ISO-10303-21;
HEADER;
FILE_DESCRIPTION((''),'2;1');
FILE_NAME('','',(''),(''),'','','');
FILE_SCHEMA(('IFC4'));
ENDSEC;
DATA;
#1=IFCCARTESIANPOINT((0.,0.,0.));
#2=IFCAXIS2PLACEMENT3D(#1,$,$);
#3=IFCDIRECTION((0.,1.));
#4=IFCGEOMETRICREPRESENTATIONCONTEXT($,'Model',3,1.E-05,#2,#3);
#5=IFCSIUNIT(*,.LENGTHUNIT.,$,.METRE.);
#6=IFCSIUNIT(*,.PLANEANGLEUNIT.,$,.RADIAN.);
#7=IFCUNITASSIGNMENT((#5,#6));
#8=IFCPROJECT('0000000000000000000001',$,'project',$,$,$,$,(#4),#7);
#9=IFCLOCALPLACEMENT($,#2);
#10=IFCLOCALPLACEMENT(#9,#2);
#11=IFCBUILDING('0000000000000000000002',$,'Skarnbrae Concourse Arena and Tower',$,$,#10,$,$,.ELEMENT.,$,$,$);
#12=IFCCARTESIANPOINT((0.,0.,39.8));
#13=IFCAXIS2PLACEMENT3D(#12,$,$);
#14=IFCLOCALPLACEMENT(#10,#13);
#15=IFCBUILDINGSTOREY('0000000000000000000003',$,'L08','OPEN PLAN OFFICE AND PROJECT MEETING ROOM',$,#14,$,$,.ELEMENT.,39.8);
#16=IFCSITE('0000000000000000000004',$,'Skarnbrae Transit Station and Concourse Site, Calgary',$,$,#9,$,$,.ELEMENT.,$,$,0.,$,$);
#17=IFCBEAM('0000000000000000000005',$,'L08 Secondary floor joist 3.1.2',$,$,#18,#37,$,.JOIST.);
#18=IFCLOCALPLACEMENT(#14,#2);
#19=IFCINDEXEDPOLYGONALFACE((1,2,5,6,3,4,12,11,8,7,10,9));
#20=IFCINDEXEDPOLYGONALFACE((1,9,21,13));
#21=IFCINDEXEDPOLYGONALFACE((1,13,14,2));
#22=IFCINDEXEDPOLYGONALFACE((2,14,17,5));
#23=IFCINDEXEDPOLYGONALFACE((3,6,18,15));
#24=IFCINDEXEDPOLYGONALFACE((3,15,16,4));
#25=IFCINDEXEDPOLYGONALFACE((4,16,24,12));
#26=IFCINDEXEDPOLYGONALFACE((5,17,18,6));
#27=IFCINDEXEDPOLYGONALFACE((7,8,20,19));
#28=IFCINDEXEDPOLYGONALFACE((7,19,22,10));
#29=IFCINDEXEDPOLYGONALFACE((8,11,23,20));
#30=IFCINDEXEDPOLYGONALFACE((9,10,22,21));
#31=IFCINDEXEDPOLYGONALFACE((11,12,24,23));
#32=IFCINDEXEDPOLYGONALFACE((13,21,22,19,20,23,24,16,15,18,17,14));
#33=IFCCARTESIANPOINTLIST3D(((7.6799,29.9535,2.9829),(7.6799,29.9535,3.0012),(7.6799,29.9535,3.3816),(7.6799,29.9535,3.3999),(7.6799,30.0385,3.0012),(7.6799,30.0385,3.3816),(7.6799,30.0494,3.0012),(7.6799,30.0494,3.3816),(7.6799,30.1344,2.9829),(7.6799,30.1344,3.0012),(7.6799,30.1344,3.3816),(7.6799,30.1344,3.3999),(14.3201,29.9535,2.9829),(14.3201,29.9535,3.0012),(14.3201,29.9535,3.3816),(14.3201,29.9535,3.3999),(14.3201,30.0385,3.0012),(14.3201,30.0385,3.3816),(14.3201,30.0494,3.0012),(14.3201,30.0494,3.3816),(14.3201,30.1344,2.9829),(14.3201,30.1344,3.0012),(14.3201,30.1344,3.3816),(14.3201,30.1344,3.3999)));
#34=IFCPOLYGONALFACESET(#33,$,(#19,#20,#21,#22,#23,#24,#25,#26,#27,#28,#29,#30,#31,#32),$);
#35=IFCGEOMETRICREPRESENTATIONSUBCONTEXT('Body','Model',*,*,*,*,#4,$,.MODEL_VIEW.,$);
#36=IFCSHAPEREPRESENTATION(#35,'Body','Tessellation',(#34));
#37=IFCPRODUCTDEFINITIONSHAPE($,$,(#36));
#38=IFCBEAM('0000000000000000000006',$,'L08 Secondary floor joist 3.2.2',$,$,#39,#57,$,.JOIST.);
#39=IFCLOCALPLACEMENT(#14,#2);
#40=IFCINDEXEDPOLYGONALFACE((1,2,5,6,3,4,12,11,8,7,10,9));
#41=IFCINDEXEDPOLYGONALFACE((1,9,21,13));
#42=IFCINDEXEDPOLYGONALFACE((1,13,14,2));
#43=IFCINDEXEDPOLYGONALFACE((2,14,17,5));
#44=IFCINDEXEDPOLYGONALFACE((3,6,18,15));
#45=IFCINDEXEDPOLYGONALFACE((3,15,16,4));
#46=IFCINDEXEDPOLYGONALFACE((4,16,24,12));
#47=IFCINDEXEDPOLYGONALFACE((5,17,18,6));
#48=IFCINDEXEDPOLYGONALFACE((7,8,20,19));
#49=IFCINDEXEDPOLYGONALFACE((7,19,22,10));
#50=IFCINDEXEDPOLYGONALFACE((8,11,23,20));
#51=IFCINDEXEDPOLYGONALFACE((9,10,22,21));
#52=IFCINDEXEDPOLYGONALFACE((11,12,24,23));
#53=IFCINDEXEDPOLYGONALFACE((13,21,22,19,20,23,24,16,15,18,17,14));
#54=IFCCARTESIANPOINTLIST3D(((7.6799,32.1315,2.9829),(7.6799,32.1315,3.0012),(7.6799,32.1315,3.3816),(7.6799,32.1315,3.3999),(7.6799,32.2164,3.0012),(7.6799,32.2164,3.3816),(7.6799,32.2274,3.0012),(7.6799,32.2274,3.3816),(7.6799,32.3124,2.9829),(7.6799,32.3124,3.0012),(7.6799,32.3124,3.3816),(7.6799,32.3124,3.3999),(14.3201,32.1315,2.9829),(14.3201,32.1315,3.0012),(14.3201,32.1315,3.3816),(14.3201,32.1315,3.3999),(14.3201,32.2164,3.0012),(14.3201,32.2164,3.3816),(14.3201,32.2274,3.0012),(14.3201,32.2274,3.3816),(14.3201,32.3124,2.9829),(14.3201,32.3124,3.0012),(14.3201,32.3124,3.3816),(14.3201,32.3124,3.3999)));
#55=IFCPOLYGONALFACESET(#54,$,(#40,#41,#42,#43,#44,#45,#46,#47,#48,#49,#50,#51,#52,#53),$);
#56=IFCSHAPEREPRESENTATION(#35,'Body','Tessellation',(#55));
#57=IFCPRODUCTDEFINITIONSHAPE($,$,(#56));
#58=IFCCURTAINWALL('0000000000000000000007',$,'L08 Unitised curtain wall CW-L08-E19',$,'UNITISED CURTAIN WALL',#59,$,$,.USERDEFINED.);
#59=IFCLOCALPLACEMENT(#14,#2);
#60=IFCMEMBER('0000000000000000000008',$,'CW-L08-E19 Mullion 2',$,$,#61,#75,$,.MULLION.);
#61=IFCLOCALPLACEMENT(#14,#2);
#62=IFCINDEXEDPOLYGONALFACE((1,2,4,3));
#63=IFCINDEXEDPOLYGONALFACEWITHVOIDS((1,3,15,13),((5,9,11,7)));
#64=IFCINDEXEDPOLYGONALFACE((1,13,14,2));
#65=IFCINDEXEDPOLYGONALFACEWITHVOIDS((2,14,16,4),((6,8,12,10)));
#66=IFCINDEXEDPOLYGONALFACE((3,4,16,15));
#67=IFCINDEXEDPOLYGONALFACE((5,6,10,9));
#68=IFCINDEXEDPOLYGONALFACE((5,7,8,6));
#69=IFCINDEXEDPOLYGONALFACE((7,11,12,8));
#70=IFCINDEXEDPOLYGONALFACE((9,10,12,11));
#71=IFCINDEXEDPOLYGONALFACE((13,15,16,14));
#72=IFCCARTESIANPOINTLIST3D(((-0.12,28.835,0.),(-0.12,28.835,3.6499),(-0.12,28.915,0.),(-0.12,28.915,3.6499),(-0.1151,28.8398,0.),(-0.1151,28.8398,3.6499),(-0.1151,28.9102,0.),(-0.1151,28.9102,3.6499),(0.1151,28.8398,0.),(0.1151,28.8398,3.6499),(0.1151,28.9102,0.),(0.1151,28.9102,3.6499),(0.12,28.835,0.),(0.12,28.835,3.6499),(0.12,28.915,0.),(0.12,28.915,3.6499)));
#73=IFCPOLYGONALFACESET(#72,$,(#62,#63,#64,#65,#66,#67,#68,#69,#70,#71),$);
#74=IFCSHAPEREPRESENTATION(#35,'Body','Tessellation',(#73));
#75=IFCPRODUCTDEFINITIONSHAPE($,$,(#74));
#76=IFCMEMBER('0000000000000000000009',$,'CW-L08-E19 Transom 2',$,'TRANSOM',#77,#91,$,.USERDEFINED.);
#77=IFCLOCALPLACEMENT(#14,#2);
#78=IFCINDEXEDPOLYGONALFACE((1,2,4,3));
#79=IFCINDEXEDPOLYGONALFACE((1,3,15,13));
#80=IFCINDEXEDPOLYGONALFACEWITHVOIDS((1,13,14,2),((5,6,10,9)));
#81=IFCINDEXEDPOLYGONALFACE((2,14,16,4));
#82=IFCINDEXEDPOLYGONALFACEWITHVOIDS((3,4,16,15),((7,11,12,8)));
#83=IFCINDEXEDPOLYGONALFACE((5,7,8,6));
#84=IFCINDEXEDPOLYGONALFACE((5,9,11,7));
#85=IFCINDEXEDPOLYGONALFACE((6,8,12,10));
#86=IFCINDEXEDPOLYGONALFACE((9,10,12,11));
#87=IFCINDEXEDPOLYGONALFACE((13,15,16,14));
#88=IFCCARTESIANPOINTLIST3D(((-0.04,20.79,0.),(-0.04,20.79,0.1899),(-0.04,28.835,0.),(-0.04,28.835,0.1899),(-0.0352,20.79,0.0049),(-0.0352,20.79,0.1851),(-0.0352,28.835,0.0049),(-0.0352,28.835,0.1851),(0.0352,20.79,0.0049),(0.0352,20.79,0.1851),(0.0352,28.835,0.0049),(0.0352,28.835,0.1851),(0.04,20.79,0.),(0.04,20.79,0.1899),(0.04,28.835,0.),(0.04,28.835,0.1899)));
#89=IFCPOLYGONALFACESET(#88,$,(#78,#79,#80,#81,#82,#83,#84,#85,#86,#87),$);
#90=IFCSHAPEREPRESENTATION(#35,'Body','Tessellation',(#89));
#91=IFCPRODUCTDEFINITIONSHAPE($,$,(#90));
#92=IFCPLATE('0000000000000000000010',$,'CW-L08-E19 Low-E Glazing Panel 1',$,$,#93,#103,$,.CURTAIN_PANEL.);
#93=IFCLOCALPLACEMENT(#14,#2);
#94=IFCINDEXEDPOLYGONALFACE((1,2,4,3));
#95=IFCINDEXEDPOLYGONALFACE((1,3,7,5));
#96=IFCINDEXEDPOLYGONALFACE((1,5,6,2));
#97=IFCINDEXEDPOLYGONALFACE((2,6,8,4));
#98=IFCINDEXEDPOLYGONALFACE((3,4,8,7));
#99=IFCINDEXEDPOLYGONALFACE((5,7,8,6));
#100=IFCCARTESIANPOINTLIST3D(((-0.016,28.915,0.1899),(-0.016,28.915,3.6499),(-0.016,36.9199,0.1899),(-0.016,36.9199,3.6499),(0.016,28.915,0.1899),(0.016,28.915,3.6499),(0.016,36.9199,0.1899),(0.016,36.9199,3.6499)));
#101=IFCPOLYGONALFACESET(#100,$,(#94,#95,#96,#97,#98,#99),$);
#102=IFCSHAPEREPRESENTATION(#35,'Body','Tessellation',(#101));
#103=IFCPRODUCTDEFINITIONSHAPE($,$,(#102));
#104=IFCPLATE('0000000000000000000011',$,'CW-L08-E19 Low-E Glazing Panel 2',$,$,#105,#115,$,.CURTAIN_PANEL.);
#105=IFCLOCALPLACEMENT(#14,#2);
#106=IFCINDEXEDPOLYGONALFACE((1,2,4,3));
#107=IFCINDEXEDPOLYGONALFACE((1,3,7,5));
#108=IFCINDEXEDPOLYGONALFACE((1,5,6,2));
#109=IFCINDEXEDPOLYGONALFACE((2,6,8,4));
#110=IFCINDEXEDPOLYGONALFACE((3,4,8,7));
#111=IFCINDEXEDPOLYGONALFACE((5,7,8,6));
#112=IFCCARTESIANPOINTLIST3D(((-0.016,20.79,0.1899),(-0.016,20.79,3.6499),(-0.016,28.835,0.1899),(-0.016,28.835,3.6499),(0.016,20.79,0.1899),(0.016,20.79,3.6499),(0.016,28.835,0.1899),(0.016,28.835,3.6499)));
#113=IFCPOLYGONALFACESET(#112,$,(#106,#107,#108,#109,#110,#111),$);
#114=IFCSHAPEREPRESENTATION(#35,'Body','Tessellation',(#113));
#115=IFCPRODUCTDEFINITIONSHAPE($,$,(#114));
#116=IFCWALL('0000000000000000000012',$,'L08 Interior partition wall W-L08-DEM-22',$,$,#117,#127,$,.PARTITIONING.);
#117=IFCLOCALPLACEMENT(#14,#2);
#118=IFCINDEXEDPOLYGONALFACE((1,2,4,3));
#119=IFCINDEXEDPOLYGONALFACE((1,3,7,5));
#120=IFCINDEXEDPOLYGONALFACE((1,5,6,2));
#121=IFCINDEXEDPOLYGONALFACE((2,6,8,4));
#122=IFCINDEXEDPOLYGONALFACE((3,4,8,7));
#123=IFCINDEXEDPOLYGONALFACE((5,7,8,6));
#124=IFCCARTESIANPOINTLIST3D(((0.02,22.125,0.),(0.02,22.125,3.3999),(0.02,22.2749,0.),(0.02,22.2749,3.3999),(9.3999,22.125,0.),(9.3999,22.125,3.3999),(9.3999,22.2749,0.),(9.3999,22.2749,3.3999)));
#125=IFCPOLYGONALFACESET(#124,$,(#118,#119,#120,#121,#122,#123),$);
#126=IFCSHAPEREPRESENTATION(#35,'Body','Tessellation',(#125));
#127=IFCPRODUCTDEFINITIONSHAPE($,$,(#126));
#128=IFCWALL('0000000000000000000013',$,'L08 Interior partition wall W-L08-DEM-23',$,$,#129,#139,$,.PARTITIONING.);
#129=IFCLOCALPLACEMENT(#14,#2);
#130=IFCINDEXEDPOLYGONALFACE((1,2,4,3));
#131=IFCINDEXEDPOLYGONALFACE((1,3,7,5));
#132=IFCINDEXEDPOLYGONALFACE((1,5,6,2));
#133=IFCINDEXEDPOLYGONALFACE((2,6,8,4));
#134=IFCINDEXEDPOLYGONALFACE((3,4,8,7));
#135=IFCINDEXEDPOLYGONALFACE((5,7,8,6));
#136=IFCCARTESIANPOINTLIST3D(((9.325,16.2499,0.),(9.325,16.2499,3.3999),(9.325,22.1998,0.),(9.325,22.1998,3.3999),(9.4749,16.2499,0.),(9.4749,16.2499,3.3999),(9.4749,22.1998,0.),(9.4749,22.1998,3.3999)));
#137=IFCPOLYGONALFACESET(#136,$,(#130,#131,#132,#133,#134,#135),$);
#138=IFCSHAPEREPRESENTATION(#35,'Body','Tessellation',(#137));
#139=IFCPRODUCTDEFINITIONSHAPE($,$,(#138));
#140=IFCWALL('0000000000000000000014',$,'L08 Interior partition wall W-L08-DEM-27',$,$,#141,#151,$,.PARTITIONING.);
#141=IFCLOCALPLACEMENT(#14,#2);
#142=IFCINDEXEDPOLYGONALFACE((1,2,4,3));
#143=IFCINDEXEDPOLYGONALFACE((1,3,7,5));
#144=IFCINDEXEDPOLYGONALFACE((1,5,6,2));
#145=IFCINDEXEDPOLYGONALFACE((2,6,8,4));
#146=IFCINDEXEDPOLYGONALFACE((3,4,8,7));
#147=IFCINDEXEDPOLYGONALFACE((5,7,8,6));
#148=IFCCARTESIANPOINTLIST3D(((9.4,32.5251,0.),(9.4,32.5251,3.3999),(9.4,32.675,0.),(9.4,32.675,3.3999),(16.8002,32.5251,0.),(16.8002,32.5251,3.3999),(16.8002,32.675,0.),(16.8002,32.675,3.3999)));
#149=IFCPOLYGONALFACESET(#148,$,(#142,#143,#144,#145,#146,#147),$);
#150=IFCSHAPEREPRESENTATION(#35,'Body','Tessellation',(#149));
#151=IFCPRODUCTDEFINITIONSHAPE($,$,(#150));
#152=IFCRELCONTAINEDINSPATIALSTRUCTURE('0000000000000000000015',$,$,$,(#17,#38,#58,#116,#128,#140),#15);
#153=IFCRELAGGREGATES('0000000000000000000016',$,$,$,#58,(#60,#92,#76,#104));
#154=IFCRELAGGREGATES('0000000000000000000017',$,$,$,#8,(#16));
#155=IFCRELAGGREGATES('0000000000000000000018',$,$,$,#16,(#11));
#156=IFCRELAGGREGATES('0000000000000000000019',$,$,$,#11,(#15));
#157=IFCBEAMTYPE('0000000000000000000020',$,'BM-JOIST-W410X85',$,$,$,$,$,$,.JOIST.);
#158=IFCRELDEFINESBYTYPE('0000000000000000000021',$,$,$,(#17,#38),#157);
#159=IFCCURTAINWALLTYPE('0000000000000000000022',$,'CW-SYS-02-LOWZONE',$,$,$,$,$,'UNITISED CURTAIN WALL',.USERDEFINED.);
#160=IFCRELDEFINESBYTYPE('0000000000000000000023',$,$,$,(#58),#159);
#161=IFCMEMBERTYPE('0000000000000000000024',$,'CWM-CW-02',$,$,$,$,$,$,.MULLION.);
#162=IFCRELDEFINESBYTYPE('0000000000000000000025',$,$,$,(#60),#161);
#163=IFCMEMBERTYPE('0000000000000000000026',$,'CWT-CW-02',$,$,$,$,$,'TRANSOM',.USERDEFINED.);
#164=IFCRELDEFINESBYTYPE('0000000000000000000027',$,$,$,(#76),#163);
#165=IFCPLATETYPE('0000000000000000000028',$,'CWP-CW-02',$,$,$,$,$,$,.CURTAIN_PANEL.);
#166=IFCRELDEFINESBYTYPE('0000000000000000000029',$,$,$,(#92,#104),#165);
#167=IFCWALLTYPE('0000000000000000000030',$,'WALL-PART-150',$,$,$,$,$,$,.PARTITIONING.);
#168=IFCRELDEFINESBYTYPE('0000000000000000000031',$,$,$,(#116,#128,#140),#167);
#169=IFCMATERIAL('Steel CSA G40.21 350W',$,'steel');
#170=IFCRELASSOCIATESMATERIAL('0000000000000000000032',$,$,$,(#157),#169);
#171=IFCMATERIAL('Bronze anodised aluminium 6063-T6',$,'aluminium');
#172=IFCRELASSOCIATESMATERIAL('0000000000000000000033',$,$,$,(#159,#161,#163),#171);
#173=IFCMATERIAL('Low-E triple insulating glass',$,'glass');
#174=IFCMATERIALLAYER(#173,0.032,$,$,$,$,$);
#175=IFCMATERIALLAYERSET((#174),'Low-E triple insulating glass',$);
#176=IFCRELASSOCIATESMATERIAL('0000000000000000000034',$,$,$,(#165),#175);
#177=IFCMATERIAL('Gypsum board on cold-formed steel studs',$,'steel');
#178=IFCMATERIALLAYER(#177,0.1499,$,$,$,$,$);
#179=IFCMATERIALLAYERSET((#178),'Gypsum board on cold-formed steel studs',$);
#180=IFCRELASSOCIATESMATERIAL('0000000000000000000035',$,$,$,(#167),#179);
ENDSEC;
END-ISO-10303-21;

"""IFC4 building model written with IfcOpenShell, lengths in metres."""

from ifc_helpers import new_model, si_unit, direction, frame, frame_2d, origin, origin_2d, place, context, subcontext, project, spatial, rectangle, hollow_rectangle, i_section, extrude, source, transform, mapped, material, layer, layer_set, material_profile, profile_set, type_object, element, aggregate, save


model = new_model("IFC4")

# Units and contexts
model_context = context("Model", 3, precision=1e-05, world=origin(), true_north=direction((0.0, 1.0)))
body_context = subcontext(model_context, "Body", "Model", "MODEL_VIEW")
ifc_project = project(units=[si_unit("LENGTHUNIT", "METRE"), si_unit("PLANEANGLEUNIT", "RADIAN")], contexts=[model_context])

# Site, building, storey
site_placement = place(None, origin())
site = spatial("IfcSite", under=ifc_project, at=site_placement, Name="Skarnbrae Transit Station and Concourse Site, Calgary", CompositionType="ELEMENT", RefElevation=0.0)
building_placement = place(site_placement, origin())
building = spatial("IfcBuilding", under=site, at=building_placement, Name="Skarnbrae Concourse Arena and Tower", CompositionType="ELEMENT")
storey_placement = place(building_placement, frame((0.0, 0.0, 39.8)))
storey = spatial("IfcBuildingStorey", under=building, at=storey_placement, Name="L08", Description="OPEN PLAN OFFICE AND PROJECT MEETING ROOM", CompositionType="ELEMENT", Elevation=39.8)

# Shared definitions
ifc_material_1 = material(Name="Steel CSA G40.21 350W", Category="steel")

# Beams
ifc_material_profile_1 = material_profile(ifc_material_1, i_section(OverallWidth=0.1809, OverallDepth=0.417, WebThickness=0.011, FlangeThickness=0.0183, at=origin_2d()), Name="W410X85")
ifc_profile_set_1 = profile_set([ifc_material_profile_1], Name="Steel CSA G40.21 350W")
beam_type_1 = type_object("IfcBeamType", Name="BM-JOIST-W410X85", PredefinedType="JOIST", material=ifc_profile_set_1)
shared_shape_1 = source(origin(), body_context, "Body", "SweptSolid", [
    extrude(i_section(OverallWidth=0.1809, OverallDepth=0.417, WebThickness=0.011, FlangeThickness=0.0183, at=origin_2d()), origin(), (0.0, 0.0, 1.0), 6.6401),
])
for number, where, z_axis, x_axis, name in (
    (1, (7.6799, 30.0439, 3.1914), (1.0, 0.0, 0.0), (0.0, 1.0, 0.0), "L08 Secondary floor joist 3.1.2"),
    (2, (7.6799, 32.2219, 3.1914), (1.0, 0.0, 0.0), (0.0, 1.0, 0.0), "L08 Secondary floor joist 3.2.2"),
):
    element("IfcBeam", number, at=place(storey_placement, frame(where, z_axis=z_axis, x_axis=x_axis)), inside=storey, type_object=beam_type_1, Name=name, PredefinedType="JOIST", context=body_context, shape_type="MappedRepresentation", body=[
        mapped(shared_shape_1, transform((0.0, 0.0, 0.0))),
    ])

# Curtain wall, members, plates
ifc_material_2 = material(Name="Bronze anodised aluminium 6063-T6", Category="aluminium")
curtain_wall_type = type_object("IfcCurtainWallType", Name="CW-SYS-02-LOWZONE", ElementType="UNITISED CURTAIN WALL", PredefinedType="USERDEFINED", material=ifc_material_2)
curtain_wall_placement = place(storey_placement, origin())
curtain_wall = element("IfcCurtainWall", 3, at=curtain_wall_placement, inside=storey, type_object=curtain_wall_type, Name="L08 Unitised curtain wall CW-L08-E19", ObjectType="UNITISED CURTAIN WALL", PredefinedType="USERDEFINED")
ifc_material_profile_2 = material_profile(ifc_material_2, hollow_rectangle(XDim=0.0801, YDim=0.24, WallThickness=0.0049, at=origin_2d()), Name="ALU-MULL-80X240")
ifc_profile_set_2 = profile_set([ifc_material_profile_2], Name="Bronze anodised aluminium 6063-T6")
member_type_1 = type_object("IfcMemberType", Name="CWM-CW-02", PredefinedType="MULLION", material=ifc_profile_set_2)
shared_shape_2 = source(origin(), body_context, "Body", "SweptSolid", [
    extrude(hollow_rectangle(XDim=0.0801, YDim=0.24, WallThickness=0.0049, at=origin_2d()), origin(), (0.0, 0.0, 1.0), 3.6499),
])
member_1_placement = place(storey_placement, frame((0.0, 28.875, 0.0), z_axis=(0.0, 0.0, 1.0), x_axis=(0.0, -1.0, 0.0)))
member_1 = element("IfcMember", 4, at=member_1_placement, type_object=member_type_1, Name="CW-L08-E19 Mullion 2", PredefinedType="MULLION", context=body_context, shape_type="MappedRepresentation", body=[
    mapped(shared_shape_2, transform((0.0, 0.0, 0.0))),
])
ifc_material_profile_3 = material_profile(ifc_material_2, hollow_rectangle(XDim=0.0801, YDim=0.1899, WallThickness=0.0049, at=origin_2d()), Name="ALU-TRAN-80X190")
ifc_profile_set_3 = profile_set([ifc_material_profile_3], Name="Bronze anodised aluminium 6063-T6")
member_type_2 = type_object("IfcMemberType", Name="CWT-CW-02", ElementType="TRANSOM", PredefinedType="USERDEFINED", material=ifc_profile_set_3)
shared_shape_3 = source(origin(), body_context, "Body", "SweptSolid", [
    extrude(hollow_rectangle(XDim=0.0801, YDim=0.1899, WallThickness=0.0049, at=origin_2d()), origin(), (0.0, 0.0, 1.0), 8.0449),
])
member_2_placement = place(storey_placement, frame((0.0, 28.835, 0.095), z_axis=(0.0, -1.0, 0.0), x_axis=(1.0, 0.0, 0.0)))
member_2 = element("IfcMember", 5, at=member_2_placement, type_object=member_type_2, Name="CW-L08-E19 Transom 2", ObjectType="TRANSOM", PredefinedType="USERDEFINED", context=body_context, shape_type="MappedRepresentation", body=[
    mapped(shared_shape_3, transform((0.0, 0.0, 0.0))),
])
ifc_material_3 = material(Name="Low-E triple insulating glass", Category="glass")
ifc_layer_1 = layer(ifc_material_3, 0.032)
ifc_layer_set_1 = layer_set([ifc_layer_1], Name="Low-E triple insulating glass")
plate_type = type_object("IfcPlateType", Name="CWP-CW-02", PredefinedType="CURTAIN_PANEL", material=ifc_layer_set_1)
shared_shape_4 = source(origin(), body_context, "Body", "SweptSolid", [
    extrude(rectangle(XDim=8.0049, YDim=0.032, at=origin_2d()), origin(), (0.0, 0.0, 1.0), 3.46),
])
plate_1_placement = place(storey_placement, frame((0.0, 32.9175, 0.1899), z_axis=(0.0, 0.0, 1.0), x_axis=(0.0, -1.0, 0.0)))
plate_1 = element("IfcPlate", 6, at=plate_1_placement, type_object=plate_type, Name="CW-L08-E19 Low-E Glazing Panel 1", PredefinedType="CURTAIN_PANEL", context=body_context, shape_type="MappedRepresentation", body=[
    mapped(shared_shape_4, transform((0.0, 0.0, 0.0))),
])
shared_shape_5 = source(origin(), body_context, "Body", "SweptSolid", [
    extrude(rectangle(XDim=8.0449, YDim=0.032, at=origin_2d()), origin(), (0.0, 0.0, 1.0), 3.46),
])
plate_2_placement = place(storey_placement, frame((0.0, 24.8125, 0.1899), z_axis=(0.0, 0.0, 1.0), x_axis=(0.0, -1.0, 0.0)))
plate_2 = element("IfcPlate", 7, at=plate_2_placement, type_object=plate_type, Name="CW-L08-E19 Low-E Glazing Panel 2", PredefinedType="CURTAIN_PANEL", context=body_context, shape_type="MappedRepresentation", body=[
    mapped(shared_shape_5, transform((0.0, 0.0, 0.0))),
])
aggregate(curtain_wall, [member_1, plate_1, member_2, plate_2])

# Walls
ifc_material_4 = material(Name="Gypsum board on cold-formed steel studs", Category="steel")
ifc_layer_2 = layer(ifc_material_4, 0.1499)
ifc_layer_set_2 = layer_set([ifc_layer_2], Name="Gypsum board on cold-formed steel studs")
wall_type = type_object("IfcWallType", Name="WALL-PART-150", PredefinedType="PARTITIONING", material=ifc_layer_set_2)
shared_shape_6 = source(origin(), body_context, "Body", "SweptSolid", [
    extrude(rectangle(XDim=9.3799, YDim=0.1499, at=frame_2d((4.6899, 0.0))), origin(), (0.0, 0.0, 1.0), 3.3999),
])
wall_1_placement = place(storey_placement, frame((0.02, 22.2, 0.0), z_axis=(0.0, 0.0, 1.0), x_axis=(1.0, 0.0, 0.0)))
element("IfcWall", 8, at=wall_1_placement, inside=storey, type_object=wall_type, Name="L08 Interior partition wall W-L08-DEM-22", PredefinedType="PARTITIONING", context=body_context, shape_type="MappedRepresentation", body=[
    mapped(shared_shape_6, transform((0.0, 0.0, 0.0))),
])
shared_shape_7 = source(origin(), body_context, "Body", "SweptSolid", [
    extrude(rectangle(XDim=5.95, YDim=0.1499, at=frame_2d((2.9751, 0.0))), origin(), (0.0, 0.0, 1.0), 3.3999),
])
wall_2_placement = place(storey_placement, frame((9.3999, 22.2, 0.0), z_axis=(0.0, 0.0, 1.0), x_axis=(0.0, -1.0, 0.0)))
element("IfcWall", 9, at=wall_2_placement, inside=storey, type_object=wall_type, Name="L08 Interior partition wall W-L08-DEM-23", PredefinedType="PARTITIONING", context=body_context, shape_type="MappedRepresentation", body=[
    mapped(shared_shape_7, transform((0.0, 0.0, 0.0))),
])
shared_shape_8 = source(origin(), body_context, "Body", "SweptSolid", [
    extrude(rectangle(XDim=7.4001, YDim=0.1499, at=frame_2d((3.7002, 0.0))), origin(), (0.0, 0.0, 1.0), 3.3999),
])
wall_3_placement = place(storey_placement, frame((9.3999, 32.6001, 0.0), z_axis=(0.0, 0.0, 1.0), x_axis=(1.0, 0.0, 0.0)))
element("IfcWall", 10, at=wall_3_placement, inside=storey, type_object=wall_type, Name="L08 Interior partition wall W-L08-DEM-27", PredefinedType="PARTITIONING", context=body_context, shape_type="MappedRepresentation", body=[
    mapped(shared_shape_8, transform((0.0, 0.0, 0.0))),
])

save(model, "model.ifc")
